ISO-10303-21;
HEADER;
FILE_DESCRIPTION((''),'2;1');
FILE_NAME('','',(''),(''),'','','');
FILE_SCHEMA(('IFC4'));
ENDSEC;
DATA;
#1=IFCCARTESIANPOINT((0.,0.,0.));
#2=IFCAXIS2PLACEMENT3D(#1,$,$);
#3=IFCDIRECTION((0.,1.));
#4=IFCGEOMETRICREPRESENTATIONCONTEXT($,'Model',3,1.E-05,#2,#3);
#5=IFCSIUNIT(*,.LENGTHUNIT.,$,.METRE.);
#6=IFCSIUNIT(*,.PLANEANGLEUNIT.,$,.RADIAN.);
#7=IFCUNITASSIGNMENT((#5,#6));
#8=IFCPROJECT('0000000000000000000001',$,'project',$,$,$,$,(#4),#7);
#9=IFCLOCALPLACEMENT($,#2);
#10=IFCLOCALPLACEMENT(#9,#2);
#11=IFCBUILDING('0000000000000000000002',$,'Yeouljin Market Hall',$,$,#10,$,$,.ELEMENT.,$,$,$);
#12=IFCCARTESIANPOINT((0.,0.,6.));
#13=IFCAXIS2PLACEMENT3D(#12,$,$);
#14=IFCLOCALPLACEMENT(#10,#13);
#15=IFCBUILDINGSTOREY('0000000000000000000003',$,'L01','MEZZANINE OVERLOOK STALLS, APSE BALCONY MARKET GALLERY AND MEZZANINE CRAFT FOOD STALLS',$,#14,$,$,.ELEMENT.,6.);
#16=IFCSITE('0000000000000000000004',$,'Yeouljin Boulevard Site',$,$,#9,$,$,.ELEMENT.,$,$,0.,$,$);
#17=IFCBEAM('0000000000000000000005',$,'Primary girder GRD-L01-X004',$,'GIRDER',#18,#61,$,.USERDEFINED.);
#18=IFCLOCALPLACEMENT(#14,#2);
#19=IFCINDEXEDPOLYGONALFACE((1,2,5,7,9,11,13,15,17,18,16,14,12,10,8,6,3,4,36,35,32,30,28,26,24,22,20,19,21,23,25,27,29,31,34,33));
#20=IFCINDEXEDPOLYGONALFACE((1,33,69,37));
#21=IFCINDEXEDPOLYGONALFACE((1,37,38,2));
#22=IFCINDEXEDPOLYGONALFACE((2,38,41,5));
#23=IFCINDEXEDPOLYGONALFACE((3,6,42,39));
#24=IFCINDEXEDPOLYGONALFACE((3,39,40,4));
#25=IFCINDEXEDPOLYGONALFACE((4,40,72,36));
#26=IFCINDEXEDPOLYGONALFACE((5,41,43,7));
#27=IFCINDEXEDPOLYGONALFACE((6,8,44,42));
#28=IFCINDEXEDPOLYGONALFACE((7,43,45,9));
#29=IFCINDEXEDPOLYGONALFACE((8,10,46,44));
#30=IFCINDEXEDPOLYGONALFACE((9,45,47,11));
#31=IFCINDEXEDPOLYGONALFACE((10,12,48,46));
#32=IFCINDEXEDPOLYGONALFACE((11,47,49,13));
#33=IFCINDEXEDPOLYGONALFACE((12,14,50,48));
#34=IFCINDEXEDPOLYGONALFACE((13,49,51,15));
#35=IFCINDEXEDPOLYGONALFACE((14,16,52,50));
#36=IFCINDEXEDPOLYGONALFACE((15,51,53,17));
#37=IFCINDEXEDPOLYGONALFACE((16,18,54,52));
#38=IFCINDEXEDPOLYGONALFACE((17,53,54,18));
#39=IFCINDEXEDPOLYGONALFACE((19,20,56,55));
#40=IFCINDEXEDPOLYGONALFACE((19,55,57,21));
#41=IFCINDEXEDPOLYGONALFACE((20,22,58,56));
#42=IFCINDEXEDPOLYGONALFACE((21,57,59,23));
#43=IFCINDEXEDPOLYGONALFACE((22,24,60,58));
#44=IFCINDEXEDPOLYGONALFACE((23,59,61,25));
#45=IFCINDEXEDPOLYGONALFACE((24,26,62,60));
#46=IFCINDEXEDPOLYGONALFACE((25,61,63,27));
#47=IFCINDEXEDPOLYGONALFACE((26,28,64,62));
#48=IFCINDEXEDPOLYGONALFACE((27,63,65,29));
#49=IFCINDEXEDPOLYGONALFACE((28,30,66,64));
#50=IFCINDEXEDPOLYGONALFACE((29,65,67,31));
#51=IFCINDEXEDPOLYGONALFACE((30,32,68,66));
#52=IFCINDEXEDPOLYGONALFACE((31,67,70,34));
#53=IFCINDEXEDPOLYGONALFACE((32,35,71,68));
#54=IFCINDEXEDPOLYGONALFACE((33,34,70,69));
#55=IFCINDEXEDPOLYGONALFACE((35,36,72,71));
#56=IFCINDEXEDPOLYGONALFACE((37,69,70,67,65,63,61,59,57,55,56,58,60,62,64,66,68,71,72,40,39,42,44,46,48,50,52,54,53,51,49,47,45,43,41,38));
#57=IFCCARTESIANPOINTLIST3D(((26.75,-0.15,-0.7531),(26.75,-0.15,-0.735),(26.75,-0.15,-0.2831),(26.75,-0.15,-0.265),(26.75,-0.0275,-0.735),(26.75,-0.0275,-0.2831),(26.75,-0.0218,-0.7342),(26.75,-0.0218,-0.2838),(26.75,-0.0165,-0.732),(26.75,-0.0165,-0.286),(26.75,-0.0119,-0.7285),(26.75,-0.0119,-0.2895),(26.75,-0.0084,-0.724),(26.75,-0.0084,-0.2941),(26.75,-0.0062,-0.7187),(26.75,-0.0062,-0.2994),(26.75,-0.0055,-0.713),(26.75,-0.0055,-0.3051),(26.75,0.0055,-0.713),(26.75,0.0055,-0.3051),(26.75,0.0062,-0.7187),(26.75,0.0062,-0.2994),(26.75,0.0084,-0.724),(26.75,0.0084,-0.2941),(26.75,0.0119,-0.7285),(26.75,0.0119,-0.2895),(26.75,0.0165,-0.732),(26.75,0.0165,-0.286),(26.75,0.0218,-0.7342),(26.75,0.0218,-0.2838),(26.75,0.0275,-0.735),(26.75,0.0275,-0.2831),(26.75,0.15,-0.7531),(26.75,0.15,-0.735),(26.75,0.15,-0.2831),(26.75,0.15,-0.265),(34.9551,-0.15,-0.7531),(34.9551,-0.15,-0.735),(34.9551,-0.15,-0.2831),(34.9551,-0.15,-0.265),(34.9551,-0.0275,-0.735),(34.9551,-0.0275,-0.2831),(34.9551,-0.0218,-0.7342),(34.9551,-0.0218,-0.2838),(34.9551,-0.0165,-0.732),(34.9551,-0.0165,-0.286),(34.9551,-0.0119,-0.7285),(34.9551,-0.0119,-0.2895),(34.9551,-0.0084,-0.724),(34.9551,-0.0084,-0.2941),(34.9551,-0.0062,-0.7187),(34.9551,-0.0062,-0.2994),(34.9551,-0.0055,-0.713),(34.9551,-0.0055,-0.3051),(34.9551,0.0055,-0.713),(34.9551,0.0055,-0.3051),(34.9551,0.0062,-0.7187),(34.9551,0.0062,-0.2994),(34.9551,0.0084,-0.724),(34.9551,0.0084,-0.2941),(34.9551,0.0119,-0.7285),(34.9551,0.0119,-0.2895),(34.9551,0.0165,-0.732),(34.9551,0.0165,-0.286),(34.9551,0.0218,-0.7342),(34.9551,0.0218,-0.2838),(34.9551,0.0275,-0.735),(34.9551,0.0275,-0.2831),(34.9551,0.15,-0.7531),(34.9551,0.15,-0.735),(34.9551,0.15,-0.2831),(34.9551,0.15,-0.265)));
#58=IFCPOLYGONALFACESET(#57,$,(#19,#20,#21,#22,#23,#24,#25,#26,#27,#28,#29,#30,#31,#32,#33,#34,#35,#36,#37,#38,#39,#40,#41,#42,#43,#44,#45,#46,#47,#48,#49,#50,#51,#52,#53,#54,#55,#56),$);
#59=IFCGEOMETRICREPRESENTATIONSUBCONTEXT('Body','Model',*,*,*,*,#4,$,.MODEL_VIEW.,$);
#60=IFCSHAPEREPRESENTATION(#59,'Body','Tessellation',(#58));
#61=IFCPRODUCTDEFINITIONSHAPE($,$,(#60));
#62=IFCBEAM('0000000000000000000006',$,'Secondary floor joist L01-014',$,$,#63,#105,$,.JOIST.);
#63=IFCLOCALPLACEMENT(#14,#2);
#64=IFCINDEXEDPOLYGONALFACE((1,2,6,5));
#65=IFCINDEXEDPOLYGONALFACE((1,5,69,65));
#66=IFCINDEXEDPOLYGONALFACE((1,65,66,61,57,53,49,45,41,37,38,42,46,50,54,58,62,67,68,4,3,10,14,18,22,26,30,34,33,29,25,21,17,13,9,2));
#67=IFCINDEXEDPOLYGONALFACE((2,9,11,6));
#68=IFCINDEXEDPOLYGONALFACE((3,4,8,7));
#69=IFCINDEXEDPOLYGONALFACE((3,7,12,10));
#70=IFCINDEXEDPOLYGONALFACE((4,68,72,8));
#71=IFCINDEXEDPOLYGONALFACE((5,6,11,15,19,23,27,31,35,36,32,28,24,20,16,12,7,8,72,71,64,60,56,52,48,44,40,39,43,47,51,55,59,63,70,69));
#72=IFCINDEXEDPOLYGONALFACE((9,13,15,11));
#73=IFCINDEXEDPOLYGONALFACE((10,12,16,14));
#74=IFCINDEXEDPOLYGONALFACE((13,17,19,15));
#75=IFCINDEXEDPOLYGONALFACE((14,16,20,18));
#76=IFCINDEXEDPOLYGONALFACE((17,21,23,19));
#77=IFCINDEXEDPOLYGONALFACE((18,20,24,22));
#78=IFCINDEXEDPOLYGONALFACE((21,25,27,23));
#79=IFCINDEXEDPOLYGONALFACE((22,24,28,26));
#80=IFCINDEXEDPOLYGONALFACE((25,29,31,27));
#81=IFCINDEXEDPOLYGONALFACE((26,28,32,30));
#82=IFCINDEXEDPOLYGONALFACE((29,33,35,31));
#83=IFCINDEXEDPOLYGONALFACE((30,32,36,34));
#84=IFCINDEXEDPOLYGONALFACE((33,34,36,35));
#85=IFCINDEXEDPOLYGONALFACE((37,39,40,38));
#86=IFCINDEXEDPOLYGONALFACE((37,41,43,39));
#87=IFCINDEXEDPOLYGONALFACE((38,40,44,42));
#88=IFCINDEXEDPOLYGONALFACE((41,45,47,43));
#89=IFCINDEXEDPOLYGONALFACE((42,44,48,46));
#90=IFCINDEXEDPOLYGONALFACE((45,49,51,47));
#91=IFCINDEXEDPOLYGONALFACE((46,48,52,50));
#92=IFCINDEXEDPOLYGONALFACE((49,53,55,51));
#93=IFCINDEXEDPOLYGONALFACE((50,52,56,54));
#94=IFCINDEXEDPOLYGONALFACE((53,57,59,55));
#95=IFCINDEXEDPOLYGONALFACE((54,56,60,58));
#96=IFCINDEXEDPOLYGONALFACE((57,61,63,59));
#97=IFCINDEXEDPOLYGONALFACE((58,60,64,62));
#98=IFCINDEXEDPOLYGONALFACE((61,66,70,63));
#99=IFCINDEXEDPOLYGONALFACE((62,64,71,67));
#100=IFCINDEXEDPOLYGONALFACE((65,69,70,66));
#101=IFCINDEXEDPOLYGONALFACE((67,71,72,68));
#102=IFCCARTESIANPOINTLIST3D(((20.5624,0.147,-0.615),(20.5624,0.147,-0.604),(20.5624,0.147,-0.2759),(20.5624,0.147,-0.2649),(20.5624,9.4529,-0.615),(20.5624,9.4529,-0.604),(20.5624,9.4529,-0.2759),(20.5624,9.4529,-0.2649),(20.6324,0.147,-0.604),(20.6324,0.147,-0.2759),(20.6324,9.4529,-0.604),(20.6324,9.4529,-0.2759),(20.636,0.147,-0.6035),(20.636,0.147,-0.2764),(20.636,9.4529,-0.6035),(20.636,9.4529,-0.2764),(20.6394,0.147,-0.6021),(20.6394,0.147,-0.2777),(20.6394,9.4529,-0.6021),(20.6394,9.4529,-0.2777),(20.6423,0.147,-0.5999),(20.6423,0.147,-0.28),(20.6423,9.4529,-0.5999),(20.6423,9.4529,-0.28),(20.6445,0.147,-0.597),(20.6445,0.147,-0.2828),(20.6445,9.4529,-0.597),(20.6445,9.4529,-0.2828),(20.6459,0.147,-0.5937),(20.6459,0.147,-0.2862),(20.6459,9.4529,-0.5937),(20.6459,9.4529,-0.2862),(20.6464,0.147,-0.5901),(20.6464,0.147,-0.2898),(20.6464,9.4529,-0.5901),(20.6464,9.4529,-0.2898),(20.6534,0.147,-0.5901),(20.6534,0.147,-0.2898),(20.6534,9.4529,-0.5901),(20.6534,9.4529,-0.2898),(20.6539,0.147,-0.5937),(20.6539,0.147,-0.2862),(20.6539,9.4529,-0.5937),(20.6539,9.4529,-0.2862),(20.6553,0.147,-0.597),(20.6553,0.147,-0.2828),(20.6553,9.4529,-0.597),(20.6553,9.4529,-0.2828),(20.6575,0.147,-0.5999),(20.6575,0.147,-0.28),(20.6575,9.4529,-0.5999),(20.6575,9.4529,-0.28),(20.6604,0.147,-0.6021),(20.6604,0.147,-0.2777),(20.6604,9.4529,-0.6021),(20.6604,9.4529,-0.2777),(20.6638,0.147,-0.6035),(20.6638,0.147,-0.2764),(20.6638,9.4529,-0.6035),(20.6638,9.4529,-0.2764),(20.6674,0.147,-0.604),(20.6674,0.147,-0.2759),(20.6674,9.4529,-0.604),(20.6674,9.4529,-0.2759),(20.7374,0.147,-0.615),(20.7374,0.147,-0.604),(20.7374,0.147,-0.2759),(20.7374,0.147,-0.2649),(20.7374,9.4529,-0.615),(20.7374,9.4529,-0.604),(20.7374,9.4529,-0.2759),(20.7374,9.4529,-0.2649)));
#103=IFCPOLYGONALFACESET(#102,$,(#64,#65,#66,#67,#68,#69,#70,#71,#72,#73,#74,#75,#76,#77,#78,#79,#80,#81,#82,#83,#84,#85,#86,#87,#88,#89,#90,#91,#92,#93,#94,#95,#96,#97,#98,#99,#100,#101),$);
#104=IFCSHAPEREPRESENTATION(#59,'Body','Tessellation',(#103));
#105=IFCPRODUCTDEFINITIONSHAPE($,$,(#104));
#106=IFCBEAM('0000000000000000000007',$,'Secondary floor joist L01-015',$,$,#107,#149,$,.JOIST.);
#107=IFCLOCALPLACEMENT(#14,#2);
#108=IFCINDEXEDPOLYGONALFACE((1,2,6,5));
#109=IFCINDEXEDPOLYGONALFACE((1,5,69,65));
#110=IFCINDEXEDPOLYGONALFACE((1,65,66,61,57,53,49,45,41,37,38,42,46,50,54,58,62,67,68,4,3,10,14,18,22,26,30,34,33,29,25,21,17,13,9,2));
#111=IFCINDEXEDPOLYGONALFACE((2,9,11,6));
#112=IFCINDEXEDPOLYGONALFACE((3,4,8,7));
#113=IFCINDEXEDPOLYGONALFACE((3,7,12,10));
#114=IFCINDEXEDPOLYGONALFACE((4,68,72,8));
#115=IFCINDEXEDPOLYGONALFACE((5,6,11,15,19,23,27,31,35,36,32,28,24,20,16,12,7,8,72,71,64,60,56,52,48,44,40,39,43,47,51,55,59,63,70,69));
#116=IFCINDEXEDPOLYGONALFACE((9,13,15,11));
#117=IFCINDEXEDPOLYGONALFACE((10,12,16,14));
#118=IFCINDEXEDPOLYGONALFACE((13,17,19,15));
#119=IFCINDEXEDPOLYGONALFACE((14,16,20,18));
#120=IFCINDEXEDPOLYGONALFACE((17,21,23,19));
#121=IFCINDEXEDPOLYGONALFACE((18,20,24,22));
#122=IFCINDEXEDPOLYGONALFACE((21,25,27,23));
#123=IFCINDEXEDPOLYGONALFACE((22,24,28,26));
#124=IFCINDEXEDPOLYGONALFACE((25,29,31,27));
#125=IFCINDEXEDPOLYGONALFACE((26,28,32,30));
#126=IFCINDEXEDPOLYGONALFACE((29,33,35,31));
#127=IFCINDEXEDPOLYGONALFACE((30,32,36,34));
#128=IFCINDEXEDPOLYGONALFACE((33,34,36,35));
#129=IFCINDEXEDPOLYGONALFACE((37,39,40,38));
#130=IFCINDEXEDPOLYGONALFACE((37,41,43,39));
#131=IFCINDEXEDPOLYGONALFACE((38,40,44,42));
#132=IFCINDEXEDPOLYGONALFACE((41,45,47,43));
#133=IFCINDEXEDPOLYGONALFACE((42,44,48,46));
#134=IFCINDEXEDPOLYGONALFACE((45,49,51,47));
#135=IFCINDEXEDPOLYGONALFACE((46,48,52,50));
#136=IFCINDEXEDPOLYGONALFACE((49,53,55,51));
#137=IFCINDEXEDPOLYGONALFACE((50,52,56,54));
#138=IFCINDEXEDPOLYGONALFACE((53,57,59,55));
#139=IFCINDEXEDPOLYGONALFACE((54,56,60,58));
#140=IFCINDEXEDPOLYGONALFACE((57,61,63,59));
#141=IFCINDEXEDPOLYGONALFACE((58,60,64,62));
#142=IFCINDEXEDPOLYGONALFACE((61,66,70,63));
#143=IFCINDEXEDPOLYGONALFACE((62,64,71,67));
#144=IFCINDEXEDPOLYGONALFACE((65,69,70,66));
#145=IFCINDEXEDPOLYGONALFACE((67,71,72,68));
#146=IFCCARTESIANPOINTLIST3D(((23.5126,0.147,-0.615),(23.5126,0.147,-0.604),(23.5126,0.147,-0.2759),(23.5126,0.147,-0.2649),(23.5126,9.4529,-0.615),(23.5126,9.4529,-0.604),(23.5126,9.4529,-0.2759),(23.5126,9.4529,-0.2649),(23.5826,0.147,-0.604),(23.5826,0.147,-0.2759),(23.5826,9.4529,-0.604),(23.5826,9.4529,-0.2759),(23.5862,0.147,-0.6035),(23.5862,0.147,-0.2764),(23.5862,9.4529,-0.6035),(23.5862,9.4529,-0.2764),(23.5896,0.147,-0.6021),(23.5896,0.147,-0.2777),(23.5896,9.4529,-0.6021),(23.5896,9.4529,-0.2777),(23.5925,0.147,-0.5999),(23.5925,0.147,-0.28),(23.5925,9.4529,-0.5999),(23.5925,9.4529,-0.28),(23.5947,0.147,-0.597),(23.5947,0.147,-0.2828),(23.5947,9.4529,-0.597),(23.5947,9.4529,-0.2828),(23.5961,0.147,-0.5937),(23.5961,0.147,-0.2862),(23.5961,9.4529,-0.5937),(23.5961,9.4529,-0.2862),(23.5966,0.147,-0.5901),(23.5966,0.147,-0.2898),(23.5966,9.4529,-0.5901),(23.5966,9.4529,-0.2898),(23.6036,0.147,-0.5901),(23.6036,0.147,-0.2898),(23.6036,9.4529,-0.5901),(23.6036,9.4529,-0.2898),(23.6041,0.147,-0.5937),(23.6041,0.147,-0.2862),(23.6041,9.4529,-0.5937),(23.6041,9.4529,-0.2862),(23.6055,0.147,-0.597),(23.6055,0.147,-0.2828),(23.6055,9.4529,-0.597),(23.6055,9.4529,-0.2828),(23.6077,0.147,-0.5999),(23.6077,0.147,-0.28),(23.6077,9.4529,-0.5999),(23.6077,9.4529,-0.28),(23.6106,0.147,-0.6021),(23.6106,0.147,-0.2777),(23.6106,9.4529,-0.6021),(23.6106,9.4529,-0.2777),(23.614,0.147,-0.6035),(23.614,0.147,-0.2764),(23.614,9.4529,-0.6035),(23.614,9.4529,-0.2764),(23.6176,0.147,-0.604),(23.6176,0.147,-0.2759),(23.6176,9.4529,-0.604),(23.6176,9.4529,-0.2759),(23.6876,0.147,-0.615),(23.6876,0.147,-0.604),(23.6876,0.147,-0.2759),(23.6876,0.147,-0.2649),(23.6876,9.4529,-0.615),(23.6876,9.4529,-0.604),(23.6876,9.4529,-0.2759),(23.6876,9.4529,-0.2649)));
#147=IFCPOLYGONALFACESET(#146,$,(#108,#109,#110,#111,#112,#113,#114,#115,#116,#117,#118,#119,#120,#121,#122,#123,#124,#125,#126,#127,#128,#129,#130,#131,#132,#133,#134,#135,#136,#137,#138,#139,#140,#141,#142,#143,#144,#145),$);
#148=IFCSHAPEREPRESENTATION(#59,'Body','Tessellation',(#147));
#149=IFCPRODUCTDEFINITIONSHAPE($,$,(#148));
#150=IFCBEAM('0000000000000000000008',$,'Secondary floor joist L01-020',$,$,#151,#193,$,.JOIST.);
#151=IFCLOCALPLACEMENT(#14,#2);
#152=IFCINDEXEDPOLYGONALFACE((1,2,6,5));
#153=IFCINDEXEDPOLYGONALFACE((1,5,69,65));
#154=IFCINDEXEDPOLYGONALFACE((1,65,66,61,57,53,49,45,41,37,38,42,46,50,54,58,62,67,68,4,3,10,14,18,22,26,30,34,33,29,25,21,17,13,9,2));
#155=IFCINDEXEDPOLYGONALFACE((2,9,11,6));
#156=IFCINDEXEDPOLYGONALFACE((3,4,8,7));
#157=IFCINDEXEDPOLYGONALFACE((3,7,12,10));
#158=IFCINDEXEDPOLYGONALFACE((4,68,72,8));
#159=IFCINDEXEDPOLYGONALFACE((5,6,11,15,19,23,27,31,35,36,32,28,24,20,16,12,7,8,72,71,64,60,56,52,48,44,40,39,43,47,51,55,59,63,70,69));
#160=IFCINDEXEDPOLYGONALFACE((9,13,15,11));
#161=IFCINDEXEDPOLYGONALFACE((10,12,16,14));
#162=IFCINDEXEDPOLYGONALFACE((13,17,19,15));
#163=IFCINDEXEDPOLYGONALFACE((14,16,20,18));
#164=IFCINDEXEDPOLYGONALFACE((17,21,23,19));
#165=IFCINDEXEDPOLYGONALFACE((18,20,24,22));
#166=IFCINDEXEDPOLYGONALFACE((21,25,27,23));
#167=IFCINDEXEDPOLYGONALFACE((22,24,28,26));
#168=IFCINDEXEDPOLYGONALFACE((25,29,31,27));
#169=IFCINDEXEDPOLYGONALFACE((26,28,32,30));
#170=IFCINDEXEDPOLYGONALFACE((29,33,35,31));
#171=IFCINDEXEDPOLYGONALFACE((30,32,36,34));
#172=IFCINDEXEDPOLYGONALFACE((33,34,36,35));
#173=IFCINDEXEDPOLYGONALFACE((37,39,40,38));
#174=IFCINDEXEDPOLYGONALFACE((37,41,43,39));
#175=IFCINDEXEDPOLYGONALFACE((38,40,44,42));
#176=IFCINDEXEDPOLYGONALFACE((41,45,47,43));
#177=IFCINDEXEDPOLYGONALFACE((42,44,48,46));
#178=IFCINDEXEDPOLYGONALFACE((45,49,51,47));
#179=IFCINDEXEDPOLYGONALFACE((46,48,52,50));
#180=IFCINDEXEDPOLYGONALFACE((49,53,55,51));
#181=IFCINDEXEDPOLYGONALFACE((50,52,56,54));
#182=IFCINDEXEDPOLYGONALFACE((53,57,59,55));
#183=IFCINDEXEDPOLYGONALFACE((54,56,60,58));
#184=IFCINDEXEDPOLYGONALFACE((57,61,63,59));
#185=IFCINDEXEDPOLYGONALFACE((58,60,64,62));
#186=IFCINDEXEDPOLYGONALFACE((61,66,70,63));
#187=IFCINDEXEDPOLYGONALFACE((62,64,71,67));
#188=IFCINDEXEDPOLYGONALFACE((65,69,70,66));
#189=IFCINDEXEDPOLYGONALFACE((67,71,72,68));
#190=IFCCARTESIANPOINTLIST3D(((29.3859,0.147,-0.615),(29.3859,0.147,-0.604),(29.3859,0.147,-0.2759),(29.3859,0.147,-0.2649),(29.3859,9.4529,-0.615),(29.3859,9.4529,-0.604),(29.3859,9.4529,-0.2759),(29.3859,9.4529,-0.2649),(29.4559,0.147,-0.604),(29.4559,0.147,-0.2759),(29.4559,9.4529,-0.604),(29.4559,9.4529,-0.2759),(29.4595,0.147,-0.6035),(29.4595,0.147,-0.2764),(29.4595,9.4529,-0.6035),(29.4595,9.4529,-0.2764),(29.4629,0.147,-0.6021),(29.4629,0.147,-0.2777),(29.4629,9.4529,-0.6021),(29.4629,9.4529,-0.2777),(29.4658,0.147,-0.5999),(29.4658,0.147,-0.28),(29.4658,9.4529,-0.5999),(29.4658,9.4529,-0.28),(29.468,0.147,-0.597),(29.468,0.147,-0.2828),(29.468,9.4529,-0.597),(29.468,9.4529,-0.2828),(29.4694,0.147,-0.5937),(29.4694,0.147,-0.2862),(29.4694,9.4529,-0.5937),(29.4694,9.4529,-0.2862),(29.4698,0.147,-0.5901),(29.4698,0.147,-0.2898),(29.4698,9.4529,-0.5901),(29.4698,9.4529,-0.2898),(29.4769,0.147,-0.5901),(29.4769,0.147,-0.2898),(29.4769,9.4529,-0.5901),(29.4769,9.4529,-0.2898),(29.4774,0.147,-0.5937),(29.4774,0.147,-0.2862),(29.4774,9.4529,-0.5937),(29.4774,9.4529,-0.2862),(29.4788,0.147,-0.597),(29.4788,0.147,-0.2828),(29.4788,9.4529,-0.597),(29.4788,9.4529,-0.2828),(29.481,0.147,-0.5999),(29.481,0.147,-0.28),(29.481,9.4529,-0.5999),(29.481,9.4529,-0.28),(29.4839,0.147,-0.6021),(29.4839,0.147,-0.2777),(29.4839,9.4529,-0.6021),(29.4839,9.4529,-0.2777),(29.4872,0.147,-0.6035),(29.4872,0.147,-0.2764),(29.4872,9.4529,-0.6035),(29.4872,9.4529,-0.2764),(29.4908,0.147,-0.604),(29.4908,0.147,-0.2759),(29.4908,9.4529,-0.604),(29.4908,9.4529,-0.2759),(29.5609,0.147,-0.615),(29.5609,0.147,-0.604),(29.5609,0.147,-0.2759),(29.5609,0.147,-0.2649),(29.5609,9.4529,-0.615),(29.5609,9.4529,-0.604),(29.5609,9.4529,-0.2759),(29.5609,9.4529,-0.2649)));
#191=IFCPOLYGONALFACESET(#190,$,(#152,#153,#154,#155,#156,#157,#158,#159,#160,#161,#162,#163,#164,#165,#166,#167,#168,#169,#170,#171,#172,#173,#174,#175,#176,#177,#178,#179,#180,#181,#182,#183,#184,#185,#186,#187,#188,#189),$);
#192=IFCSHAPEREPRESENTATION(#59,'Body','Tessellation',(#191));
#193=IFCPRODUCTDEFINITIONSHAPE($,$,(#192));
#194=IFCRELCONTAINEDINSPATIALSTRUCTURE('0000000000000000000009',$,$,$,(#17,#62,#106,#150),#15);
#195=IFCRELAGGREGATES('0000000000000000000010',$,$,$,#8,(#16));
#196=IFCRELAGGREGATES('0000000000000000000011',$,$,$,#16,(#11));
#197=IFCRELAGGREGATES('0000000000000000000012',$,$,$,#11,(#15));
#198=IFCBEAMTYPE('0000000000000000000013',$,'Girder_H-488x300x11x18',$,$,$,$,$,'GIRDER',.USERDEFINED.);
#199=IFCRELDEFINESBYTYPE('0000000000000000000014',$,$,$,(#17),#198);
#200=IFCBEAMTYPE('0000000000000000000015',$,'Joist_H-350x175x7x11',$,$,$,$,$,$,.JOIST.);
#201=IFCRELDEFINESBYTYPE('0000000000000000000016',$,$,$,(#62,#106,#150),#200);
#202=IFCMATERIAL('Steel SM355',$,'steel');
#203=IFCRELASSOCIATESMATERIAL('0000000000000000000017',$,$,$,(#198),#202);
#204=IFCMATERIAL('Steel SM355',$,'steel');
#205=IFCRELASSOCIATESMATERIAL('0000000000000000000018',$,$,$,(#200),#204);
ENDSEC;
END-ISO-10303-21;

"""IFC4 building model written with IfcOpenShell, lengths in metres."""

from ifc_helpers import new_model, si_unit, direction, frame, origin, origin_2d, place, context, subcontext, project, spatial, i_section, extrude, material, material_profile, profile_set, type_object, element, save


model = new_model("IFC4")

# Units and contexts
model_context = context("Model", 3, precision=1e-05, world=origin(), true_north=direction((0.0, 1.0)))
body_context = subcontext(model_context, "Body", "Model", "MODEL_VIEW")
ifc_project = project(units=[si_unit("LENGTHUNIT", "METRE"), si_unit("PLANEANGLEUNIT", "RADIAN")], contexts=[model_context])

# Site, building, storey
site_placement = place(None, origin())
site = spatial("IfcSite", under=ifc_project, at=site_placement, Name="Yeouljin Boulevard Site", CompositionType="ELEMENT", RefElevation=0.0)
building_placement = place(site_placement, origin())
building = spatial("IfcBuilding", under=site, at=building_placement, Name="Yeouljin Market Hall", CompositionType="ELEMENT")
storey_placement = place(building_placement, frame((0.0, 0.0, 6.0)))
storey = spatial("IfcBuildingStorey", under=building, at=storey_placement, Name="L01", Description="MEZZANINE OVERLOOK STALLS, APSE BALCONY MARKET GALLERY AND MEZZANINE CRAFT FOOD STALLS", CompositionType="ELEMENT", Elevation=6.0)

# Beams
ifc_material_1 = material(Name="Steel SM355", Category="steel")
ifc_material_profile_1 = material_profile(ifc_material_1, i_section(OverallWidth=0.3, OverallDepth=0.488, WebThickness=0.011, FlangeThickness=0.0181, FilletRadius=0.022, at=origin_2d()), Name="H-488x300x11x18")
ifc_profile_set_1 = profile_set([ifc_material_profile_1], Name="Steel SM355")
beam_type_1 = type_object("IfcBeamType", Name="Girder_H-488x300x11x18", ElementType="GIRDER", PredefinedType="USERDEFINED", material=ifc_profile_set_1)
beam_1_placement = place(storey_placement, frame((26.75, 0.0, -0.509), z_axis=(1.0, 0.0, 0.0), x_axis=(0.0, 1.0, 0.0)))
element("IfcBeam", 1, at=beam_1_placement, inside=storey, type_object=beam_type_1, Name="Primary girder GRD-L01-X004", ObjectType="GIRDER", PredefinedType="USERDEFINED", context=body_context, shape_type="SweptSolid", body=[
    extrude(i_section(OverallWidth=0.3, OverallDepth=0.488, WebThickness=0.011, FlangeThickness=0.0181, FilletRadius=0.022, at=origin_2d()), origin(), (0.0, 0.0, 1.0), 8.2051),
])
ifc_material_2 = material(Name="Steel SM355", Category="steel")
ifc_material_profile_2 = material_profile(ifc_material_2, i_section(OverallWidth=0.175, OverallDepth=0.3501, WebThickness=0.0071, FlangeThickness=0.011, FilletRadius=0.0139, at=origin_2d()), Name="H-350x175x7x11")
ifc_profile_set_2 = profile_set([ifc_material_profile_2], Name="Steel SM355")
beam_type_2 = type_object("IfcBeamType", Name="Joist_H-350x175x7x11", PredefinedType="JOIST", material=ifc_profile_set_2)
for number, where, z_axis, x_axis, name in (
    (2, (20.6499, 0.147, -0.4399), (0.0, 1.0, 0.0), (-1.0, 0.0, 0.0), "Secondary floor joist L01-014"),
    (3, (23.6001, 0.147, -0.4399), (0.0, 1.0, 0.0), (-1.0, 0.0, 0.0), "Secondary floor joist L01-015"),
    (4, (29.4734, 0.147, -0.4399), (0.0, 1.0, 0.0), (-1.0, 0.0, 0.0), "Secondary floor joist L01-020"),
):
    element("IfcBeam", number, at=place(storey_placement, frame(where, z_axis=z_axis, x_axis=x_axis)), inside=storey, type_object=beam_type_2, Name=name, PredefinedType="JOIST", context=body_context, shape_type="SweptSolid", body=[
        extrude(i_section(OverallWidth=0.175, OverallDepth=0.3501, WebThickness=0.0071, FlangeThickness=0.011, FilletRadius=0.0139, at=origin_2d()), origin(), (0.0, 0.0, 1.0), 9.3059),
    ])

save(model, "model.ifc")
